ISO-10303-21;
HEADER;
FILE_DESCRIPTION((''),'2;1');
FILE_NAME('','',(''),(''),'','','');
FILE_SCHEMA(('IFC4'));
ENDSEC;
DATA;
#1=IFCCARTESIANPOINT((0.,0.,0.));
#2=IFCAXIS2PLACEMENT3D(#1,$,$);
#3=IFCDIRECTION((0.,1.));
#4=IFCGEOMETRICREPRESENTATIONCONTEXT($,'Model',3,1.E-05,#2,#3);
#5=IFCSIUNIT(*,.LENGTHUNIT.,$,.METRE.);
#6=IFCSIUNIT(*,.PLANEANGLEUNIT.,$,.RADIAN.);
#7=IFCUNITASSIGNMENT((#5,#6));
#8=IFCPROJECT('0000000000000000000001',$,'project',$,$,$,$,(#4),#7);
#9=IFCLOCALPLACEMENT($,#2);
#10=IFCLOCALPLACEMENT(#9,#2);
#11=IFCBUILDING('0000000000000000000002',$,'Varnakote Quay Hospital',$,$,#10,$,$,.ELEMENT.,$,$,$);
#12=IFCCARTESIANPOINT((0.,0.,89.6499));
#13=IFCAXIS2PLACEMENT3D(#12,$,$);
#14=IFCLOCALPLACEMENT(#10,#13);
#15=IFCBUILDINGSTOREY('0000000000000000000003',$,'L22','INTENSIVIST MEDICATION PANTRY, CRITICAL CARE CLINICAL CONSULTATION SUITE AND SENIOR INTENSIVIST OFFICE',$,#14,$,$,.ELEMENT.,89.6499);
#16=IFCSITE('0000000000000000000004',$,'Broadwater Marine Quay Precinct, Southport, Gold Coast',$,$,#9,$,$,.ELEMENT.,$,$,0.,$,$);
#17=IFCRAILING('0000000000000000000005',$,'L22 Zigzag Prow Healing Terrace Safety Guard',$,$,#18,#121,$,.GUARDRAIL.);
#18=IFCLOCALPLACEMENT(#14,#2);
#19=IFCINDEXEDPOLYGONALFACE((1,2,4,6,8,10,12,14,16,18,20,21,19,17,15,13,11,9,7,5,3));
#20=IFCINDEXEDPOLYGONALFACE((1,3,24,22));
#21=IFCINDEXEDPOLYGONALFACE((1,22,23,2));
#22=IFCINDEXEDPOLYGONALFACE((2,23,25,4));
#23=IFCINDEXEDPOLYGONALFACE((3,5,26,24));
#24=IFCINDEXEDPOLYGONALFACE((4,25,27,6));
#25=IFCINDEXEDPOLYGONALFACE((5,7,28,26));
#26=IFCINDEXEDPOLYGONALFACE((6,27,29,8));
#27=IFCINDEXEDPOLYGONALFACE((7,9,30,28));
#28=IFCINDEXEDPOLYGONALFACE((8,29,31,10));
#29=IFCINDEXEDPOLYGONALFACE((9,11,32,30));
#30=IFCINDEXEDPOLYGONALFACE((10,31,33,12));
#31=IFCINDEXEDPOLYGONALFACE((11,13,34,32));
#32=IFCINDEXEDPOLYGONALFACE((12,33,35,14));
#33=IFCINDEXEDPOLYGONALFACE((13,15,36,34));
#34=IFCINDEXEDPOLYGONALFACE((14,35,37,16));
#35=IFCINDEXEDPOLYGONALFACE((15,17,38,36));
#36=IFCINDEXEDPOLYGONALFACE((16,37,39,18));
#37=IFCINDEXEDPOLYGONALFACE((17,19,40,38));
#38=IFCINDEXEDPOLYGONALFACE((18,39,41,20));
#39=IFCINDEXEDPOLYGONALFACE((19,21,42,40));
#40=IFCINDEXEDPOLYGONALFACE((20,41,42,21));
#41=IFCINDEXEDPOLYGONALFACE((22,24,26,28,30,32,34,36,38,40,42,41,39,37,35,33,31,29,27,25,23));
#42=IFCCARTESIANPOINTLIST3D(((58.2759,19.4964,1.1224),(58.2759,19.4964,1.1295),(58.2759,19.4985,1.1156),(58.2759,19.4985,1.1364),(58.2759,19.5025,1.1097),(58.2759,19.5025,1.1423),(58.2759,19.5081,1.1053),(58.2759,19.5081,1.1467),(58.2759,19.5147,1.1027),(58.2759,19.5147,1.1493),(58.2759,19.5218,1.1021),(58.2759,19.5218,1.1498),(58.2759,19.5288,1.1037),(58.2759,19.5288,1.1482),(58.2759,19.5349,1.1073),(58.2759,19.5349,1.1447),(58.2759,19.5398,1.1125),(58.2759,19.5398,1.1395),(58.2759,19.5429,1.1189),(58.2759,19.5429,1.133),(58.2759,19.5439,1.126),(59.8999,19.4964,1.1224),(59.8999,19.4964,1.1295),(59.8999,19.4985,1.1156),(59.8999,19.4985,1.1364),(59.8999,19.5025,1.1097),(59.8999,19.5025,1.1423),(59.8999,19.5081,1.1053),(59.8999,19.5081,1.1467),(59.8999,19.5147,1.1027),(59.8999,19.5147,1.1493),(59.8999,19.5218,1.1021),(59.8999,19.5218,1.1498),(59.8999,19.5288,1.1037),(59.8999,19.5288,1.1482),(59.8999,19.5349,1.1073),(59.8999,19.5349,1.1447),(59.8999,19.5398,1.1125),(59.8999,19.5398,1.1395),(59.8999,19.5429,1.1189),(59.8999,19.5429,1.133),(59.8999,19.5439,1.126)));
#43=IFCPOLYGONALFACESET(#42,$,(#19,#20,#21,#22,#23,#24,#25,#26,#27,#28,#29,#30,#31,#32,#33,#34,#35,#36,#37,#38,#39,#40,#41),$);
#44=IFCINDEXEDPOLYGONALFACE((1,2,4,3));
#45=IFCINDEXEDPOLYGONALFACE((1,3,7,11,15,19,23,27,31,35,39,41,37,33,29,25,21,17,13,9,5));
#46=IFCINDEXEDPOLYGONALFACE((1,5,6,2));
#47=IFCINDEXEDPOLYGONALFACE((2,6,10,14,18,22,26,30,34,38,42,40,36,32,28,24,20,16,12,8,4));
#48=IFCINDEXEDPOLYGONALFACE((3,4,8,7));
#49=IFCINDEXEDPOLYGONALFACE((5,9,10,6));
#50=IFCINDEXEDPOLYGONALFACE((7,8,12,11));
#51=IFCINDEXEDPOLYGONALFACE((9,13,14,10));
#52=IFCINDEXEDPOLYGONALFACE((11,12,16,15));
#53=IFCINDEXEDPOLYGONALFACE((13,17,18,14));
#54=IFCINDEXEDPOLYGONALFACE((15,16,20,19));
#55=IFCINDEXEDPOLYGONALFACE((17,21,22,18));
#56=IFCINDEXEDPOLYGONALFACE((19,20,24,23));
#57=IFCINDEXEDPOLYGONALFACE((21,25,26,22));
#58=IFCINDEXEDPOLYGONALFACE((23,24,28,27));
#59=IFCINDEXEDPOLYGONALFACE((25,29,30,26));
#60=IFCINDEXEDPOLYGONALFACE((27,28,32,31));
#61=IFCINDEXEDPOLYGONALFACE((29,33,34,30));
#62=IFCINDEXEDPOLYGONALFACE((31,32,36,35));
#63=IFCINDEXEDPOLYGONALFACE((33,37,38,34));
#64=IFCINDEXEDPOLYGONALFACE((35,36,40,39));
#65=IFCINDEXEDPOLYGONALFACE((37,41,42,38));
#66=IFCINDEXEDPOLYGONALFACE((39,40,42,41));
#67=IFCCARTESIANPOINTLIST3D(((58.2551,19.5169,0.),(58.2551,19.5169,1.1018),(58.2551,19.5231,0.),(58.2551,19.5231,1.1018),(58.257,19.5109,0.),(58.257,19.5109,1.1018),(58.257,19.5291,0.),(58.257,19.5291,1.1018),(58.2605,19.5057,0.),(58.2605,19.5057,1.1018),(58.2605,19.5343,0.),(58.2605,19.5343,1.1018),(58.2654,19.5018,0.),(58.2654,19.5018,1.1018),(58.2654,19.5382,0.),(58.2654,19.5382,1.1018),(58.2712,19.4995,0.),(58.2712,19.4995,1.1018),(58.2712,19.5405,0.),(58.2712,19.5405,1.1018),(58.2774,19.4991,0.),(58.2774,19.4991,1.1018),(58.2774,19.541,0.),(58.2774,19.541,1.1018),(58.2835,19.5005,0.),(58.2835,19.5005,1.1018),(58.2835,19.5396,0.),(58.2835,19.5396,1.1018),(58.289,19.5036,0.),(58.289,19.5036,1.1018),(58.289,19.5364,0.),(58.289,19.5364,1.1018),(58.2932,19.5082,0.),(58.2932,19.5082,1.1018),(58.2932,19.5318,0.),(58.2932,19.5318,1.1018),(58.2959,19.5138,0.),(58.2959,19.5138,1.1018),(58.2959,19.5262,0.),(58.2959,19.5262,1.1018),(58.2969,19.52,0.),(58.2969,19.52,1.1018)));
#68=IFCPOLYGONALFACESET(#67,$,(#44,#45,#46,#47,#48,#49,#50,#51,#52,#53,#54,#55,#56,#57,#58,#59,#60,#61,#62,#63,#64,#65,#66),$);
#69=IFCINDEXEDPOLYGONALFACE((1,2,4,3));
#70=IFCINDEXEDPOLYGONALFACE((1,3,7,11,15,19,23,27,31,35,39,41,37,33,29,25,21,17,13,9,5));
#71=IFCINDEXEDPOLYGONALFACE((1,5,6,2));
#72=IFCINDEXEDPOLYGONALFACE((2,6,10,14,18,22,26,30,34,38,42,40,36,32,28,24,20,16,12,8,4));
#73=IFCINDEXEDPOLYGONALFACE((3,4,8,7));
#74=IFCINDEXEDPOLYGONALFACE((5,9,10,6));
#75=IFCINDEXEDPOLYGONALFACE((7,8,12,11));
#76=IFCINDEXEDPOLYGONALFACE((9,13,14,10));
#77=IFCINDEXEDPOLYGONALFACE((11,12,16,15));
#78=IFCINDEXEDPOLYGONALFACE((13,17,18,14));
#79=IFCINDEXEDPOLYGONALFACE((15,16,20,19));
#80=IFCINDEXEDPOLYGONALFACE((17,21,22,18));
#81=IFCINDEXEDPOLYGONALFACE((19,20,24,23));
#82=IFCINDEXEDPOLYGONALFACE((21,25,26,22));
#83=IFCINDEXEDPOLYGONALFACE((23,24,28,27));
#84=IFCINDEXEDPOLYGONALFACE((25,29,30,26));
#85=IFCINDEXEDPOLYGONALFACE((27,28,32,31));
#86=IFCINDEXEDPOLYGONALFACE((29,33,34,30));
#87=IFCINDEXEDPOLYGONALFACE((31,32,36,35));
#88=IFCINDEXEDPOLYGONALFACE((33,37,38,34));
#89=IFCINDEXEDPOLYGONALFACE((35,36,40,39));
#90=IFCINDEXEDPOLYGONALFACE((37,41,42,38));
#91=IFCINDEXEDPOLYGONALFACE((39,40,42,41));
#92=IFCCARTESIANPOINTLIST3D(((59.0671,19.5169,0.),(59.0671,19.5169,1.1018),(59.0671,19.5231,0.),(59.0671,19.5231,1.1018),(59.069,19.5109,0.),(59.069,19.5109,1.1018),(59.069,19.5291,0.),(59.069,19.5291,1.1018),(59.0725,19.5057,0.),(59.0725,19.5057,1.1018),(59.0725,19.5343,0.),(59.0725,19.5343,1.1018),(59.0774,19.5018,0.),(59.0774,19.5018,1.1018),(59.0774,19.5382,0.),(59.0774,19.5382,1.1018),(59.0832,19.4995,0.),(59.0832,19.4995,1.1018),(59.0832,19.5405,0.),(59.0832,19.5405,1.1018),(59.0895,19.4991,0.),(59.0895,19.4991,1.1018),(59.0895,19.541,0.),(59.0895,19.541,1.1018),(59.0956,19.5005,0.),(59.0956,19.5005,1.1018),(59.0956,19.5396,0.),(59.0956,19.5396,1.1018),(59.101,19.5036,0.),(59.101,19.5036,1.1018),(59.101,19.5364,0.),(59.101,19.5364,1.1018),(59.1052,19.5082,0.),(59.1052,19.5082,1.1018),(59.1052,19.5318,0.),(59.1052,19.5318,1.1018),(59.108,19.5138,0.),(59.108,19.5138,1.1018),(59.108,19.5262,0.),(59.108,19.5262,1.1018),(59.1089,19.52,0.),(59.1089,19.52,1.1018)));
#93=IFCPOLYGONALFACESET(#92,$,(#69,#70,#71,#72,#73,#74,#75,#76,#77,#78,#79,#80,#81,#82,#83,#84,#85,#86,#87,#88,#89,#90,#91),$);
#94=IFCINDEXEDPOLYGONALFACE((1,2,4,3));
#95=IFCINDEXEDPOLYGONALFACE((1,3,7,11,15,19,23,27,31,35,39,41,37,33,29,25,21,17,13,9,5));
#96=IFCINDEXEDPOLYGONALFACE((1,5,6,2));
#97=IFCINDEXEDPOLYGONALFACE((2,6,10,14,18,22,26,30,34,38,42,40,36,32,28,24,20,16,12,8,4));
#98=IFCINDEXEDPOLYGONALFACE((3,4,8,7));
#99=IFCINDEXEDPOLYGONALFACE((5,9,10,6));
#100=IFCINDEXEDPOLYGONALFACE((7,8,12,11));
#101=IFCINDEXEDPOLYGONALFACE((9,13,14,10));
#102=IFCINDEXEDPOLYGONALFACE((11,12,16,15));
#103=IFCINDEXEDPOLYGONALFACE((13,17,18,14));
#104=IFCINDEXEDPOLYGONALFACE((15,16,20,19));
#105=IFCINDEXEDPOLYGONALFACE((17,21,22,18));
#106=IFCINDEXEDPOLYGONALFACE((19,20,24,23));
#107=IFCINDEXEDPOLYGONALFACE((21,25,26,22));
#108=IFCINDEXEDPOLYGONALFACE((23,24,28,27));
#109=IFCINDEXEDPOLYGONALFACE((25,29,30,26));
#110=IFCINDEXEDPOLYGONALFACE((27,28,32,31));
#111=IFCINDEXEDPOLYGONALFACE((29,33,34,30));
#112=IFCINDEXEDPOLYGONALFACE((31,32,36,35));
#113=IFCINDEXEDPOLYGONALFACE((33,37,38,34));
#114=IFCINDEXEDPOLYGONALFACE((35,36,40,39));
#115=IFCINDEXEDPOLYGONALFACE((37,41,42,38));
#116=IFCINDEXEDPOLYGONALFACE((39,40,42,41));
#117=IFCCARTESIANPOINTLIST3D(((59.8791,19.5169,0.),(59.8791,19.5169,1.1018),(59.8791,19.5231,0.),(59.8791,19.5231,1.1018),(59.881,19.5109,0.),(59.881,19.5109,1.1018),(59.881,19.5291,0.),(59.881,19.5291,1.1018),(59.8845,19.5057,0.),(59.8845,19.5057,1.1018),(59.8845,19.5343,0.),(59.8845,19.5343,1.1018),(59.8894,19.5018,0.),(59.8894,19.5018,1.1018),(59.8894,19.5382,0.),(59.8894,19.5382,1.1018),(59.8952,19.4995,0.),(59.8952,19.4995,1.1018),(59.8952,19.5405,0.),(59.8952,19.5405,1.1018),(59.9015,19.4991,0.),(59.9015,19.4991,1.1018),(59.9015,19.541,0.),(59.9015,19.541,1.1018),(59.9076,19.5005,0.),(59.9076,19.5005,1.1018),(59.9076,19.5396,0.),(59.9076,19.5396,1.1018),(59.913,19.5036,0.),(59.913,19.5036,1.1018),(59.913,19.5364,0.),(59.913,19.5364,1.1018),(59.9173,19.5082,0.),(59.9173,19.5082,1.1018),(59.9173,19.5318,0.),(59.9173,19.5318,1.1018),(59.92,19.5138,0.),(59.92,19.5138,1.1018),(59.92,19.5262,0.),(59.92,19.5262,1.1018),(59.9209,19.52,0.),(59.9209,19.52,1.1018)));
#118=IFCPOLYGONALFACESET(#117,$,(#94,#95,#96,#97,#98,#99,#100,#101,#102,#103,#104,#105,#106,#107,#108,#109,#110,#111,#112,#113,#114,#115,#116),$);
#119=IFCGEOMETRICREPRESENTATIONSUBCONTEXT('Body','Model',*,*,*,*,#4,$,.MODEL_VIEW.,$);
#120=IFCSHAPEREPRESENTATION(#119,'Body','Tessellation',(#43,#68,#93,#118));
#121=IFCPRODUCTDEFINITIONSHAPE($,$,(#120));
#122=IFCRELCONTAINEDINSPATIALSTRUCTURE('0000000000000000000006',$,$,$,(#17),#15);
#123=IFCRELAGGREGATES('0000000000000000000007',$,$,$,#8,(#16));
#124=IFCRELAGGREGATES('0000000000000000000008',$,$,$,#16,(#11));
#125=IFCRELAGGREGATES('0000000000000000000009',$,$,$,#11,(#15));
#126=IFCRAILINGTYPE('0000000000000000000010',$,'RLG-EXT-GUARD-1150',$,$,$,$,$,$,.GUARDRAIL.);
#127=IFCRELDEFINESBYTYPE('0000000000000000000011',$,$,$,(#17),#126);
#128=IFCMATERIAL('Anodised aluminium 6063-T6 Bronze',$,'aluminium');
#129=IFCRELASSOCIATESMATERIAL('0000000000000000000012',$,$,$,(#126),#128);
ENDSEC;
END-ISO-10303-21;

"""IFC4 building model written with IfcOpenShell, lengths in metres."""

from ifc_helpers import new_model, si_unit, direction, frame, origin, origin_2d, place, context, subcontext, project, spatial, circle, extrude, material, type_object, element, save


model = new_model("IFC4")

# Units and contexts
model_context = context("Model", 3, precision=1e-05, world=origin(), true_north=direction((0.0, 1.0)))
body_context = subcontext(model_context, "Body", "Model", "MODEL_VIEW")
ifc_project = project(units=[si_unit("LENGTHUNIT", "METRE"), si_unit("PLANEANGLEUNIT", "RADIAN")], contexts=[model_context])

# Site, building, storey
site_placement = place(None, origin())
site = spatial("IfcSite", under=ifc_project, at=site_placement, Name="Broadwater Marine Quay Precinct, Southport, Gold Coast", CompositionType="ELEMENT", RefElevation=0.0)
building_placement = place(site_placement, origin())
building = spatial("IfcBuilding", under=site, at=building_placement, Name="Varnakote Quay Hospital", CompositionType="ELEMENT")
storey_placement = place(building_placement, frame((0.0, 0.0, 89.6499)))
storey = spatial("IfcBuildingStorey", under=building, at=storey_placement, Name="L22", Description="INTENSIVIST MEDICATION PANTRY, CRITICAL CARE CLINICAL CONSULTATION SUITE AND SENIOR INTENSIVIST OFFICE", CompositionType="ELEMENT", Elevation=89.6499)

# Railing
ifc_material_1 = material(Name="Anodised aluminium 6063-T6 Bronze", Category="aluminium")
railing_type = type_object("IfcRailingType", Name="RLG-EXT-GUARD-1150", PredefinedType="GUARDRAIL", material=ifc_material_1)
railing_1_placement = place(storey_placement, frame((58.2759, 19.52, 0.0)))
element("IfcRailing", 1, at=railing_1_placement, inside=storey, type_object=railing_type, Name="L22 Zigzag Prow Healing Terrace Safety Guard", PredefinedType="GUARDRAIL", context=body_context, shape_type="SweptSolid", body=[
    extrude(circle(Radius=0.0239, at=origin_2d()), frame((0.0, 0.0, 1.126), z_axis=(1.0, 0.0, 0.0), x_axis=(0.0, 1.0, 0.0)), (0.0, 0.0, 1.0), 1.624),
    extrude(circle(Radius=0.021, at=origin_2d()), origin(), (0.0, 0.0, 1.0), 1.1018),
    extrude(circle(Radius=0.021, at=origin_2d()), frame((0.812, 0.0, 0.0)), (0.0, 0.0, 1.0), 1.1018),
    extrude(circle(Radius=0.021, at=origin_2d()), frame((1.624, 0.0, 0.0)), (0.0, 0.0, 1.0), 1.1018),
])

save(model, "model.ifc")
